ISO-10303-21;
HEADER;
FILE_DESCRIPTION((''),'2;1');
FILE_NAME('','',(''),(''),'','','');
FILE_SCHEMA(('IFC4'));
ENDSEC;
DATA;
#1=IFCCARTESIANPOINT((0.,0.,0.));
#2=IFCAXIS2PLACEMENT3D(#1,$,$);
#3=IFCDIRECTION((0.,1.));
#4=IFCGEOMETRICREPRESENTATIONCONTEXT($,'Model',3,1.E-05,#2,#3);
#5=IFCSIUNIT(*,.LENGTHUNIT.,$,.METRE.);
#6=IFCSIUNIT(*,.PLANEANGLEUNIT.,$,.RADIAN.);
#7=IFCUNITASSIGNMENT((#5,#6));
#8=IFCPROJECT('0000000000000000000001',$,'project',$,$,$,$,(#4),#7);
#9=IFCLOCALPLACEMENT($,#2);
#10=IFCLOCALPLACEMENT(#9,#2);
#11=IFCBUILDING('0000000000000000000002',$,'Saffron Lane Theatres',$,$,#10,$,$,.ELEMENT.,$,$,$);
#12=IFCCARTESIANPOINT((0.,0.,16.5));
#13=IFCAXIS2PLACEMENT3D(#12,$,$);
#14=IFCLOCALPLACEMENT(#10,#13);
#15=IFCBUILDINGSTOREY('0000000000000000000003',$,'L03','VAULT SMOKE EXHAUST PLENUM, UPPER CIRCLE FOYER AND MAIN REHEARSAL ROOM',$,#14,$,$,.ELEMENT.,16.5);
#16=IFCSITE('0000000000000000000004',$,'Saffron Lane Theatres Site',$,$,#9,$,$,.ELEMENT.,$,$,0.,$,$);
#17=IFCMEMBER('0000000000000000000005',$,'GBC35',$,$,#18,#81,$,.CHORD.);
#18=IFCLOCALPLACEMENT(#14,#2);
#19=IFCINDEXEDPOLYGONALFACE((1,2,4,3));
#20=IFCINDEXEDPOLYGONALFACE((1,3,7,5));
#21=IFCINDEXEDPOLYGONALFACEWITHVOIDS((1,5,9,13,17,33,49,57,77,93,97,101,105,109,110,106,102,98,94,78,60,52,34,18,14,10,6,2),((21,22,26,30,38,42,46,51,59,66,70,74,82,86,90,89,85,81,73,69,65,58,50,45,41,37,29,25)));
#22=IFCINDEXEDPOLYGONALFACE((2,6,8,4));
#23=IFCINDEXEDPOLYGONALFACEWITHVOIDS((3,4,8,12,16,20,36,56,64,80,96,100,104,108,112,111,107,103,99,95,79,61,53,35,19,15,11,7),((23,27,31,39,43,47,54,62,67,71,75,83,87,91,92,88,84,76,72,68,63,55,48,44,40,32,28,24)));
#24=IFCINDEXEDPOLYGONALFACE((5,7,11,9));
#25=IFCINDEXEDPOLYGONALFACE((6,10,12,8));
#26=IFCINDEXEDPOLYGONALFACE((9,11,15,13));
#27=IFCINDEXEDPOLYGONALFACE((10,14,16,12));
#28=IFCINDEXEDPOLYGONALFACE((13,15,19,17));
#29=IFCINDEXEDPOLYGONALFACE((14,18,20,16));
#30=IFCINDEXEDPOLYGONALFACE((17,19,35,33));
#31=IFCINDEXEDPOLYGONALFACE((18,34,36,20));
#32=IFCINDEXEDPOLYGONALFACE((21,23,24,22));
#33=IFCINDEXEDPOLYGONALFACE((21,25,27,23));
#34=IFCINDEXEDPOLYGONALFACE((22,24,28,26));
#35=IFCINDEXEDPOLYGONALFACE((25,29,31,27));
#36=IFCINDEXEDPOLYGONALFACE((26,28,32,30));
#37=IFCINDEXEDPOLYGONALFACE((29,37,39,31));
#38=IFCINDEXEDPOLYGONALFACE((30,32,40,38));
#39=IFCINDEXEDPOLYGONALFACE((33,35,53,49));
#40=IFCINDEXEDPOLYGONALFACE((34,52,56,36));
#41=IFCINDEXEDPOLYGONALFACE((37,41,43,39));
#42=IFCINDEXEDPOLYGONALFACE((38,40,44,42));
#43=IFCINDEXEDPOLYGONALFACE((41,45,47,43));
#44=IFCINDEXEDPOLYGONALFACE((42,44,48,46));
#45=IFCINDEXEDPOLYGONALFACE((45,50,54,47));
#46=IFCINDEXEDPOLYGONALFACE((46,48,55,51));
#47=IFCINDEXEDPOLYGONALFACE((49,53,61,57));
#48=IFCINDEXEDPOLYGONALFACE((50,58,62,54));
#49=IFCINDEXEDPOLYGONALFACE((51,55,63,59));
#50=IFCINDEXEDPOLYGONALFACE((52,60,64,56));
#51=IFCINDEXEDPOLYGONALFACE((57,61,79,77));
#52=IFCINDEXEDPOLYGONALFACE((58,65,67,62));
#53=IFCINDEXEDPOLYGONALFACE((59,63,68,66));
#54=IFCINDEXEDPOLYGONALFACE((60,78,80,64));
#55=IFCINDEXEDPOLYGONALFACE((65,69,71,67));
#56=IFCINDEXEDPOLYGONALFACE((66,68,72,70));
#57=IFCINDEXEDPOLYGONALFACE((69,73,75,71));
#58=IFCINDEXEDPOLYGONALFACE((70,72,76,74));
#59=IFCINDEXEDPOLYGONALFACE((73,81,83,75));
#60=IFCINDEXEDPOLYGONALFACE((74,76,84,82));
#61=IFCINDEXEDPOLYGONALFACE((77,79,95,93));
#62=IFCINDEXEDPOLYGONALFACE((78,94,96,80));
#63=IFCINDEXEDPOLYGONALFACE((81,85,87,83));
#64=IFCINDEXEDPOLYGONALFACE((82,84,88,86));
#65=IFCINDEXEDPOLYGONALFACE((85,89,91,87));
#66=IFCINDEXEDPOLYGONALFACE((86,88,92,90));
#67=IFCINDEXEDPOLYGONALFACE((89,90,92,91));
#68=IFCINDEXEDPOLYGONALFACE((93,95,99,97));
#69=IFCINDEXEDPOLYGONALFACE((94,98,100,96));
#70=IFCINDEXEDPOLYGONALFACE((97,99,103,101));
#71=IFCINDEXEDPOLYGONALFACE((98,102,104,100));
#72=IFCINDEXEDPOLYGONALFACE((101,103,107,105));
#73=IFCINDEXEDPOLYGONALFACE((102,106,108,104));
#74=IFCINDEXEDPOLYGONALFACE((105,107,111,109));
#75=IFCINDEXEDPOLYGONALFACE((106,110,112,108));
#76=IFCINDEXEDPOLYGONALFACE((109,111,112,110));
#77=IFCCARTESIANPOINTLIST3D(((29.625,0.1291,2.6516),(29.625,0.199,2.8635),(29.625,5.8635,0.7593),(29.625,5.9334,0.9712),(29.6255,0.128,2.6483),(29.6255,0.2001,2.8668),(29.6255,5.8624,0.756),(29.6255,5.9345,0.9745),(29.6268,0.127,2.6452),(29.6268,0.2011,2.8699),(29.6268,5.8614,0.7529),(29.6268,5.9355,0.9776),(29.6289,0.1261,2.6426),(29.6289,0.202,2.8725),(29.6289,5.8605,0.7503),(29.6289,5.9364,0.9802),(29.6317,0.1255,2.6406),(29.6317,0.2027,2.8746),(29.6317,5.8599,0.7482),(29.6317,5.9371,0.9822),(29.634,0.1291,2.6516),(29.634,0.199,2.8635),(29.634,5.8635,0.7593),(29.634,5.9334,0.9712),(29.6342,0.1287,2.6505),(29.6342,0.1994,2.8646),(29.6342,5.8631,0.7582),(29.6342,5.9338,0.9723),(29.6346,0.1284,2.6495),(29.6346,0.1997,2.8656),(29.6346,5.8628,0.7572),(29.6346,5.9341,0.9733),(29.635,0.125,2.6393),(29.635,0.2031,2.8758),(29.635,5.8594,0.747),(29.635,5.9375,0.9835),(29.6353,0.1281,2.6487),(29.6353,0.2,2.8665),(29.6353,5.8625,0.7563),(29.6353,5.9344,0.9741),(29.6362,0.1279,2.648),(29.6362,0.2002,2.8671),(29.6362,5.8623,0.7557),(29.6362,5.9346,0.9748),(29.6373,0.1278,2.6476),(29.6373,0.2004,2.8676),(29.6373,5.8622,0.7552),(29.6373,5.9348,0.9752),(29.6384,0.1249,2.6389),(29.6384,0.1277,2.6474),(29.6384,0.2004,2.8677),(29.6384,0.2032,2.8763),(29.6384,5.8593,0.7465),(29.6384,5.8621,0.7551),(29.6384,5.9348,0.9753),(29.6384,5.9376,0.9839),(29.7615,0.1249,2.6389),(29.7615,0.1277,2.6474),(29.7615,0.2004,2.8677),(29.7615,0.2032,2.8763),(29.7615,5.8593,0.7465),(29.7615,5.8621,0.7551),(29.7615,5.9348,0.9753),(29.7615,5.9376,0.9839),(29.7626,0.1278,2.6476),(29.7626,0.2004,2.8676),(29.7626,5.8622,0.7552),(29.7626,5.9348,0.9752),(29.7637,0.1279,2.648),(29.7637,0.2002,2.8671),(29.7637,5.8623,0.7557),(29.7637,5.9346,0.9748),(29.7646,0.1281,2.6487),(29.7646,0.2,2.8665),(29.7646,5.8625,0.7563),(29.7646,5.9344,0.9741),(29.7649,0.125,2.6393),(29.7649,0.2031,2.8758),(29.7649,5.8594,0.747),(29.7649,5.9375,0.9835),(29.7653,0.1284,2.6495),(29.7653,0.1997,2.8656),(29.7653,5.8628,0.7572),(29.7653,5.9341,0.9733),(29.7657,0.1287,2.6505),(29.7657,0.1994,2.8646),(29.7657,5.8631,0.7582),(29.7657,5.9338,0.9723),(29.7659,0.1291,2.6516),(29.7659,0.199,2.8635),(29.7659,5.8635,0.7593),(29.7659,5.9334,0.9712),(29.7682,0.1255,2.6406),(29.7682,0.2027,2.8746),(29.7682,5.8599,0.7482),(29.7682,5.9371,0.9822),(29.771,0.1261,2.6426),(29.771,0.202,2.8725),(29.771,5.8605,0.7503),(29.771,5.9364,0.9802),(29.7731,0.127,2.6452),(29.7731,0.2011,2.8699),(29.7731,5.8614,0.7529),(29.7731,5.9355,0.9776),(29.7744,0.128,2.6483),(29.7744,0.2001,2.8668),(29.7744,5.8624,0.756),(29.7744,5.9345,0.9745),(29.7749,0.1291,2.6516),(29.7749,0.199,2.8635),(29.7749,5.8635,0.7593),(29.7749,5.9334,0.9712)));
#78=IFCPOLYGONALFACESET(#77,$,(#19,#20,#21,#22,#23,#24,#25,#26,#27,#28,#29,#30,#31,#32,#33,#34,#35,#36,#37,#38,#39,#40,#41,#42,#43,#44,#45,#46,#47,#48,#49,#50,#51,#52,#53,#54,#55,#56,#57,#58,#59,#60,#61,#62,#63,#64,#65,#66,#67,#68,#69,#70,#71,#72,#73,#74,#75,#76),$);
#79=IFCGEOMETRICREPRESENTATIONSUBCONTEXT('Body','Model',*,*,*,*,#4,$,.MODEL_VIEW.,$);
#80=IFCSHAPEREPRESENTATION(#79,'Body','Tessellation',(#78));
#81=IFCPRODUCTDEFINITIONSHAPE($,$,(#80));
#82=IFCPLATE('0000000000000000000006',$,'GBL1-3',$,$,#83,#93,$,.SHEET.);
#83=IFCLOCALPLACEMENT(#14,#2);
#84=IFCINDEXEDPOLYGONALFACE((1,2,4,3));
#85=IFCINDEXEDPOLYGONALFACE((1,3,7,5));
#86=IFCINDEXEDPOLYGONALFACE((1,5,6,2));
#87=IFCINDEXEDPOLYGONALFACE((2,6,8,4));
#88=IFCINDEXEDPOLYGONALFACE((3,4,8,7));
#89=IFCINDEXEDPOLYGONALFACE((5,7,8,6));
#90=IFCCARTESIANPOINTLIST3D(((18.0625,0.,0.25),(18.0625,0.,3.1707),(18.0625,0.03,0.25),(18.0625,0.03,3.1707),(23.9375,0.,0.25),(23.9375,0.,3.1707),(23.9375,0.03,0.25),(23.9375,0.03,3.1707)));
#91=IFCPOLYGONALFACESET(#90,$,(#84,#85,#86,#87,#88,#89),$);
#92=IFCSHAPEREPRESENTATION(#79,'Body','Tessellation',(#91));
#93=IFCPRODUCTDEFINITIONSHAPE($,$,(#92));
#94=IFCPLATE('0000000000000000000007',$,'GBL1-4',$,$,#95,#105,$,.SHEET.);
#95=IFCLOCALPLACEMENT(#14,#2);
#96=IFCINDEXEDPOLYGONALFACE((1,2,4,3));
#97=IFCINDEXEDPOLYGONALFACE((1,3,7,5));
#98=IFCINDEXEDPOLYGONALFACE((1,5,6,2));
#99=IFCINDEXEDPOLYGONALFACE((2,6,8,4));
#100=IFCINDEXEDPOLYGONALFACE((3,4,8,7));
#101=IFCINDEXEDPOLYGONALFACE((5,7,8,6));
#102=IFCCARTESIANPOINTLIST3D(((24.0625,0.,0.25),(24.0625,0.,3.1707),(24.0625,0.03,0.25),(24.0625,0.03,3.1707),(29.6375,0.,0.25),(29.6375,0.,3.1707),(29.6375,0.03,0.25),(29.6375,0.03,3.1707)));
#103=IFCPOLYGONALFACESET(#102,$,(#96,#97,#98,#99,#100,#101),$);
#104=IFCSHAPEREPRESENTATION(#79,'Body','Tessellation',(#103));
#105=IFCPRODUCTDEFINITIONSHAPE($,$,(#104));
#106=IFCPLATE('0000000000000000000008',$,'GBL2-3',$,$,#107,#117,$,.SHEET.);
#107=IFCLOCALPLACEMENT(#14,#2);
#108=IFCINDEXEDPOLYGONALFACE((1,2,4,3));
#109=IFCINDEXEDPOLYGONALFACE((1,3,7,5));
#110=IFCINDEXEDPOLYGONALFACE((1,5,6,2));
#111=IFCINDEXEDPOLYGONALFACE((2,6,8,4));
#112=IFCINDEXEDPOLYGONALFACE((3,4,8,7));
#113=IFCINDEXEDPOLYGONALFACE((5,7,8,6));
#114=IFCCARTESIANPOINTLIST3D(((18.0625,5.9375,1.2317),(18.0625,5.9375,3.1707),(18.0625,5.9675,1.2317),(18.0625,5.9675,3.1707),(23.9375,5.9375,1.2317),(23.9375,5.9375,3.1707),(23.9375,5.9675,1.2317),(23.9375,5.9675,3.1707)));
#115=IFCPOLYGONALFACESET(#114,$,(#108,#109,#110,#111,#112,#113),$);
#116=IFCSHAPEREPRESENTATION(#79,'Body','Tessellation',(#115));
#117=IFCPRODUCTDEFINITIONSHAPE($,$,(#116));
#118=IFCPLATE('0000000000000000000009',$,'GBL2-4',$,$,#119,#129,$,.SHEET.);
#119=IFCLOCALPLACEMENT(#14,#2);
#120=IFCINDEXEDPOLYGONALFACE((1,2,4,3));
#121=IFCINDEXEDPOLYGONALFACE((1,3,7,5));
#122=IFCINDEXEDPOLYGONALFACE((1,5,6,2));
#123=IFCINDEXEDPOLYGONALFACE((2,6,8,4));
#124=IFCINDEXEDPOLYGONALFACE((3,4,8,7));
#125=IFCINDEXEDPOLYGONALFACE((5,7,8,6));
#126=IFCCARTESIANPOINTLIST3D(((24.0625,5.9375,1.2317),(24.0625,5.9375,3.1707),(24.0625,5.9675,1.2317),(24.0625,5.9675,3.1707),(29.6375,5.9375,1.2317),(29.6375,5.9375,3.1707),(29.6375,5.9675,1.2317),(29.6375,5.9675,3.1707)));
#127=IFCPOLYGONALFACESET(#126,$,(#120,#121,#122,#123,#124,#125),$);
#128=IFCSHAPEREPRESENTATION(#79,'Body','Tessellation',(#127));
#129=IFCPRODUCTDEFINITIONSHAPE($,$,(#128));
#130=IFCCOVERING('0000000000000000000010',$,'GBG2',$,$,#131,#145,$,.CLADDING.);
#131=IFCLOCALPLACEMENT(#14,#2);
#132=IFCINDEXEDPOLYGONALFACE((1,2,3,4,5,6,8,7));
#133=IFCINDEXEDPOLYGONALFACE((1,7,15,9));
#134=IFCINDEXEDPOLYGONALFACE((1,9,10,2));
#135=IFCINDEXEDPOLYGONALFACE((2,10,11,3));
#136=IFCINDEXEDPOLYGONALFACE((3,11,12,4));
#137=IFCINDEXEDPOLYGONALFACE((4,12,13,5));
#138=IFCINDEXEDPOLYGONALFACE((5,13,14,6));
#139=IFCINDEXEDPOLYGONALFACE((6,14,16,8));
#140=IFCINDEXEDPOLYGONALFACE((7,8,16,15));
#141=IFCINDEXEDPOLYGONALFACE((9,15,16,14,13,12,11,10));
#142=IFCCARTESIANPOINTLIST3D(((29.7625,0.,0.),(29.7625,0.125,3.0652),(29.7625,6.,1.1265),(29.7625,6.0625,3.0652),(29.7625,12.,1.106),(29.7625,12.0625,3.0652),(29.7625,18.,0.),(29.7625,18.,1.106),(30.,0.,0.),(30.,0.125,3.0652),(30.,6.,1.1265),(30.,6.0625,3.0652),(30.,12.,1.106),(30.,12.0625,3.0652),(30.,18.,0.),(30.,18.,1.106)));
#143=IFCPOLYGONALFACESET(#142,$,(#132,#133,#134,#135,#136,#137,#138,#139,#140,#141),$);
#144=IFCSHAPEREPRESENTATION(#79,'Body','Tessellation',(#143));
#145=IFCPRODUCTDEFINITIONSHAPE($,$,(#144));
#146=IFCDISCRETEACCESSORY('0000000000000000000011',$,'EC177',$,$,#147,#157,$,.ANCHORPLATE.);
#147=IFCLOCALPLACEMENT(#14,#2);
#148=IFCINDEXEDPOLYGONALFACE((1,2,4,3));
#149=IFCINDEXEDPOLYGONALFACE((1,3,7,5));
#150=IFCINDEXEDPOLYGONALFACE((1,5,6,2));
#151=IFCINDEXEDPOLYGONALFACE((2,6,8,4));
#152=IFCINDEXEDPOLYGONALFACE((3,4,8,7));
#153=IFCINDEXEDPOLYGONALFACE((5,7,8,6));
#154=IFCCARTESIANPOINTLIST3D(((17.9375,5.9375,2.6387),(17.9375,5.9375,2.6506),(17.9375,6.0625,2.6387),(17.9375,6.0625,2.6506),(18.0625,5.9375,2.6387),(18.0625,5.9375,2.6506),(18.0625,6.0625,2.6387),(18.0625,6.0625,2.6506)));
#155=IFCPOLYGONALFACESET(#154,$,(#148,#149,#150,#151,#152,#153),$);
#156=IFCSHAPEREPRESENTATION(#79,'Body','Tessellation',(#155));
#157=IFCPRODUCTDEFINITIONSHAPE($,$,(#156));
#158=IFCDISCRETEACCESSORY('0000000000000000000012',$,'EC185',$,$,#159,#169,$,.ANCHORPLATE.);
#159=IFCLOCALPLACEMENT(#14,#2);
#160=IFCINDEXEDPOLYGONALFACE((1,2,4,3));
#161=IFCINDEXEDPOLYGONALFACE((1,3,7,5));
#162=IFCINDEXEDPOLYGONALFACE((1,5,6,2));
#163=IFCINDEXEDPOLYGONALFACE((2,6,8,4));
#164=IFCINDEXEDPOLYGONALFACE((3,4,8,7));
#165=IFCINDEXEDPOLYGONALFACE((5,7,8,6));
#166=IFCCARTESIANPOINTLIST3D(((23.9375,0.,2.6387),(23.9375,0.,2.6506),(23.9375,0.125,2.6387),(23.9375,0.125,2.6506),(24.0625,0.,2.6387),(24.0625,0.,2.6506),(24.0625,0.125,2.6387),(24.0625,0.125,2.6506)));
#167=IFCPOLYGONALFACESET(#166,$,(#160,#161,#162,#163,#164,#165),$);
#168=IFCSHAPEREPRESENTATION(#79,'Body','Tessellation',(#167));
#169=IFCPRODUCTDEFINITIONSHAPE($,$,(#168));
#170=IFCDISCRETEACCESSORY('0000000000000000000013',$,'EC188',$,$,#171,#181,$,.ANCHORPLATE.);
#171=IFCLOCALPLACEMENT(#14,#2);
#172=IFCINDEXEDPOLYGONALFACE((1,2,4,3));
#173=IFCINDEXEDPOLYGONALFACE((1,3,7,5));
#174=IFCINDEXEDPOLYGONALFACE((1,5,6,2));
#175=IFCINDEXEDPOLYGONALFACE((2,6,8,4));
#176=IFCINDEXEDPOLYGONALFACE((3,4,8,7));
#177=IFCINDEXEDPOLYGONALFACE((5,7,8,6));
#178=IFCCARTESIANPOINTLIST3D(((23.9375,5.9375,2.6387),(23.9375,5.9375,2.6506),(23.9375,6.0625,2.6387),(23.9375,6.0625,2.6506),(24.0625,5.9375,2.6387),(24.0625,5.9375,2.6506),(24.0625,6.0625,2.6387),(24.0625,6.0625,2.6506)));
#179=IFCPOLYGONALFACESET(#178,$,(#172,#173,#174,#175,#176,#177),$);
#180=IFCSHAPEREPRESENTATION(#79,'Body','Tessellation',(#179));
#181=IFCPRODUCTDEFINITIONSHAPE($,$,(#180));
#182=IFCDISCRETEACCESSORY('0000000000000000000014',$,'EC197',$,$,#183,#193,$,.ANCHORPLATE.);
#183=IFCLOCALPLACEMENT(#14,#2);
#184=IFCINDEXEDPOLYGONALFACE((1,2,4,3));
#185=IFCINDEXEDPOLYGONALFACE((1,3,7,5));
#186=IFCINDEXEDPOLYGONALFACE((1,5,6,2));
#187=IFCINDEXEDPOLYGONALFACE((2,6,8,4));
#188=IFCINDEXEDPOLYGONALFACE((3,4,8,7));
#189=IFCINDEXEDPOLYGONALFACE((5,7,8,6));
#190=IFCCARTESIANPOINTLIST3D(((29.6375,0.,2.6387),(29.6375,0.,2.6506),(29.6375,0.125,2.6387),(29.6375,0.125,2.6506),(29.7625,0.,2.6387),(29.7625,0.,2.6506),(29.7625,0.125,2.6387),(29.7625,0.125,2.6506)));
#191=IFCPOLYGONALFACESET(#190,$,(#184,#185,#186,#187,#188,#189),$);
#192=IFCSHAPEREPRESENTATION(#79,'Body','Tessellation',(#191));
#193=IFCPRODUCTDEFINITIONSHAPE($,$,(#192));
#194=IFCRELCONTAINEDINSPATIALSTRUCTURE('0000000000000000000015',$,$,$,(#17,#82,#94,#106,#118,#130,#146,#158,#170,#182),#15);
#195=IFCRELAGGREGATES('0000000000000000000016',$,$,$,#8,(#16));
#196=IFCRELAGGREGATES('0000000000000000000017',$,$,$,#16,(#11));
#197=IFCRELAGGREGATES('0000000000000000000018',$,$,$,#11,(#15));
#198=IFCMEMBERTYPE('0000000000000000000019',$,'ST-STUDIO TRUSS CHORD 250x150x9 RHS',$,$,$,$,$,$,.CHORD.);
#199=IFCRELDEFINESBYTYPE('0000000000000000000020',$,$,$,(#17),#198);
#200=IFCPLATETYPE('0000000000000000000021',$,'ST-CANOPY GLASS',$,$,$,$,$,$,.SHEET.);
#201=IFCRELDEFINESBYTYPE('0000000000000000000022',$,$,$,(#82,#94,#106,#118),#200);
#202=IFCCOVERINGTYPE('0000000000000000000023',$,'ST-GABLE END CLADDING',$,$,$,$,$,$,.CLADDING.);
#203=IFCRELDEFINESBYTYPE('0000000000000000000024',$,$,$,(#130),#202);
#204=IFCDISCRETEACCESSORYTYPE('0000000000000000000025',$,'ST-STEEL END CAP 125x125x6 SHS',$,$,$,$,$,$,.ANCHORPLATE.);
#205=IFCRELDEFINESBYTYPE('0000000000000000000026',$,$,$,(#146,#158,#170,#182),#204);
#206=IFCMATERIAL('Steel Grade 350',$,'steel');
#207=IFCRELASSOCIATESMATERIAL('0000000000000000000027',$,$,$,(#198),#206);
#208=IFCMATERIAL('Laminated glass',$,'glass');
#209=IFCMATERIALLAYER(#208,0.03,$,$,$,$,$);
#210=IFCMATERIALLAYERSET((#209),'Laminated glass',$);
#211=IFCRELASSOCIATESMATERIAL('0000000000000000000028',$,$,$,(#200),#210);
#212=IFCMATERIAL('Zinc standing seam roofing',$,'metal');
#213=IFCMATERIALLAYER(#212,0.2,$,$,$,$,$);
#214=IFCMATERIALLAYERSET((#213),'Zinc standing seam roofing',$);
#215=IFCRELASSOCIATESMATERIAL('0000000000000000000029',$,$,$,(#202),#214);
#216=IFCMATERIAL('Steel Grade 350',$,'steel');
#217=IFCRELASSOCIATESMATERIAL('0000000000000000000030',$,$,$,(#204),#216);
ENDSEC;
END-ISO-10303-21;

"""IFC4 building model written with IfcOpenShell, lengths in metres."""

from ifc_helpers import new_model, si_unit, direction, frame, origin, origin_2d, place, context, subcontext, project, spatial, polyline, rectangle, hollow_rectangle, outline, extrude, material, layer, layer_set, material_profile, profile_set, type_object, element, save


model = new_model("IFC4")

# Units and contexts
model_context = context("Model", 3, precision=1e-05, world=origin(), true_north=direction((0.0, 1.0)))
body_context = subcontext(model_context, "Body", "Model", "MODEL_VIEW")
ifc_project = project(units=[si_unit("LENGTHUNIT", "METRE"), si_unit("PLANEANGLEUNIT", "RADIAN")], contexts=[model_context])

# Site, building, storey
site_placement = place(None, origin())
site = spatial("IfcSite", under=ifc_project, at=site_placement, Name="Saffron Lane Theatres Site", CompositionType="ELEMENT", RefElevation=0.0)
building_placement = place(site_placement, origin())
building = spatial("IfcBuilding", under=site, at=building_placement, Name="Saffron Lane Theatres", CompositionType="ELEMENT")
storey_placement = place(building_placement, frame((0.0, 0.0, 16.5)))
storey = spatial("IfcBuildingStorey", under=building, at=storey_placement, Name="L03", Description="VAULT SMOKE EXHAUST PLENUM, UPPER CIRCLE FOYER AND MAIN REHEARSAL ROOM", CompositionType="ELEMENT", Elevation=16.5)

# Member
ifc_material_1 = material(Name="Steel Grade 350", Category="steel")
ifc_material_profile_1 = material_profile(ifc_material_1, hollow_rectangle(XDim=0.1499, YDim=0.25, WallThickness=0.009, InnerFilletRadius=0.0044, OuterFilletRadius=0.0134, at=origin_2d()))
ifc_profile_set_1 = profile_set([ifc_material_profile_1], Name="Steel Grade 350")
member_type_1 = type_object("IfcMemberType", Name="ST-STUDIO TRUSS CHORD 250x150x9 RHS", PredefinedType="CHORD", material=ifc_profile_set_1)
member_1_placement = place(storey_placement, frame((29.7, 0.1641, 2.7576), z_axis=(0.0, 0.949629, -0.313376), x_axis=(-1.0, 0.0, 0.0)))
element("IfcMember", 1, at=member_1_placement, inside=storey, type_object=member_type_1, Name="GBC35", PredefinedType="CHORD", context=body_context, shape_type="SweptSolid", body=[
    extrude(hollow_rectangle(XDim=0.1499, YDim=0.25, WallThickness=0.009, InnerFilletRadius=0.0044, OuterFilletRadius=0.0134, at=origin_2d()), origin(), (0.0, 0.0, 1.0), 6.0386),
])

# Plates
ifc_material_2 = material(Name="Laminated glass", Category="glass")
ifc_layer_1 = layer(ifc_material_2, 0.03)
ifc_layer_set_1 = layer_set([ifc_layer_1], Name="Laminated glass")
plate_type = type_object("IfcPlateType", Name="ST-CANOPY GLASS", PredefinedType="SHEET", material=ifc_layer_set_1)
plate_1_placement = place(storey_placement, frame((23.9375, 0.0, 0.25), z_axis=(0.0, -1.0, 0.0), x_axis=(0.0, 0.0, 1.0)))
element("IfcPlate", 2, at=plate_1_placement, inside=storey, type_object=plate_type, Name="GBL1-3", PredefinedType="SHEET", context=body_context, shape_type="SweptSolid", body=[
    extrude(outline(polyline([(0.0, 0.0), (2.9207, 0.0), (2.9207, 5.875), (0.0, 5.875), (0.0, 0.0)])), origin(), (0.0, 0.0, -1.0), 0.03),
])
plate_2_placement = place(storey_placement, frame((29.6375, 0.0, 0.25), z_axis=(0.0, -1.0, 0.0), x_axis=(0.0, 0.0, 1.0)))
element("IfcPlate", 3, at=plate_2_placement, inside=storey, type_object=plate_type, Name="GBL1-4", PredefinedType="SHEET", context=body_context, shape_type="SweptSolid", body=[
    extrude(outline(polyline([(0.0, 0.0), (2.9207, 0.0), (2.9207, 5.575), (0.0, 5.575), (0.0, 0.0)])), origin(), (0.0, 0.0, -1.0), 0.03),
])
plate_3_placement = place(storey_placement, frame((23.9375, 5.9375, 1.2317), z_axis=(0.0, -1.0, 0.0), x_axis=(0.0, 0.0, 1.0)))
element("IfcPlate", 4, at=plate_3_placement, inside=storey, type_object=plate_type, Name="GBL2-3", PredefinedType="SHEET", context=body_context, shape_type="SweptSolid", body=[
    extrude(outline(polyline([(0.0, 0.0), (1.939, 0.0), (1.939, 5.875), (0.0, 5.875), (0.0, 0.0)])), origin(), (0.0, 0.0, -1.0), 0.03),
])
plate_4_placement = place(storey_placement, frame((29.6375, 5.9375, 1.2317), z_axis=(0.0, -1.0, 0.0), x_axis=(0.0, 0.0, 1.0)))
element("IfcPlate", 5, at=plate_4_placement, inside=storey, type_object=plate_type, Name="GBL2-4", PredefinedType="SHEET", context=body_context, shape_type="SweptSolid", body=[
    extrude(outline(polyline([(0.0, 0.0), (1.939, 0.0), (1.939, 5.575), (0.0, 5.575), (0.0, 0.0)])), origin(), (0.0, 0.0, -1.0), 0.03),
])

# Covering
ifc_material_3 = material(Name="Zinc standing seam roofing", Category="metal")
ifc_layer_2 = layer(ifc_material_3, 0.2)
ifc_layer_set_2 = layer_set([ifc_layer_2], Name="Zinc standing seam roofing")
covering_type = type_object("IfcCoveringType", Name="ST-GABLE END CLADDING", PredefinedType="CLADDING", material=ifc_layer_set_2)
covering_placement = place(storey_placement, frame((30.0, 0.0, 0.0), z_axis=(1.0, 0.0, 0.0), x_axis=(0.0, 1.0, 0.0)))
element("IfcCovering", 6, at=covering_placement, inside=storey, type_object=covering_type, Name="GBG2", PredefinedType="CLADDING", context=body_context, shape_type="SweptSolid", body=[
    extrude(outline(polyline([(0.0, 0.0), (18.0, 0.0), (18.0, 1.106), (12.0625, 3.0652), (12.0, 1.106), (6.0625, 3.0652), (6.0, 1.1265), (0.125, 3.0652), (0.0, 0.0)])), origin(), (0.0, 0.0, -1.0), 0.2375),
])

# Discrete accessories
ifc_material_4 = material(Name="Steel Grade 350", Category="steel")
ifc_material_profile_2 = material_profile(ifc_material_4, rectangle(XDim=0.125, YDim=0.125, at=origin_2d()))
ifc_profile_set_2 = profile_set([ifc_material_profile_2], Name="Steel Grade 350")
discrete_accessory_type_1 = type_object("IfcDiscreteAccessoryType", Name="ST-STEEL END CAP 125x125x6 SHS", PredefinedType="ANCHORPLATE", material=ifc_profile_set_2)
for number, where, z_axis, x_axis, name in (
    (7, (18.0, 6.0, 2.6387), (0.0, 0.0, 1.0), (1.0, 0.0, 0.0), "EC177"),
    (8, (24.0, 0.0625, 2.6387), (0.0, 0.0, 1.0), (1.0, 0.0, 0.0), "EC185"),
    (9, (24.0, 6.0, 2.6387), (0.0, 0.0, 1.0), (1.0, 0.0, 0.0), "EC188"),
    (10, (29.7, 0.0625, 2.6387), (0.0, 0.0, 1.0), (1.0, 0.0, 0.0), "EC197"),
):
    element("IfcDiscreteAccessory", number, at=place(storey_placement, frame(where, z_axis=z_axis, x_axis=x_axis)), inside=storey, type_object=discrete_accessory_type_1, Name=name, PredefinedType="ANCHORPLATE", context=body_context, shape_type="SweptSolid", body=[
        extrude(rectangle(XDim=0.125, YDim=0.125, at=origin_2d()), origin(), (0.0, 0.0, 1.0), 0.012),
    ])

save(model, "model.ifc")
